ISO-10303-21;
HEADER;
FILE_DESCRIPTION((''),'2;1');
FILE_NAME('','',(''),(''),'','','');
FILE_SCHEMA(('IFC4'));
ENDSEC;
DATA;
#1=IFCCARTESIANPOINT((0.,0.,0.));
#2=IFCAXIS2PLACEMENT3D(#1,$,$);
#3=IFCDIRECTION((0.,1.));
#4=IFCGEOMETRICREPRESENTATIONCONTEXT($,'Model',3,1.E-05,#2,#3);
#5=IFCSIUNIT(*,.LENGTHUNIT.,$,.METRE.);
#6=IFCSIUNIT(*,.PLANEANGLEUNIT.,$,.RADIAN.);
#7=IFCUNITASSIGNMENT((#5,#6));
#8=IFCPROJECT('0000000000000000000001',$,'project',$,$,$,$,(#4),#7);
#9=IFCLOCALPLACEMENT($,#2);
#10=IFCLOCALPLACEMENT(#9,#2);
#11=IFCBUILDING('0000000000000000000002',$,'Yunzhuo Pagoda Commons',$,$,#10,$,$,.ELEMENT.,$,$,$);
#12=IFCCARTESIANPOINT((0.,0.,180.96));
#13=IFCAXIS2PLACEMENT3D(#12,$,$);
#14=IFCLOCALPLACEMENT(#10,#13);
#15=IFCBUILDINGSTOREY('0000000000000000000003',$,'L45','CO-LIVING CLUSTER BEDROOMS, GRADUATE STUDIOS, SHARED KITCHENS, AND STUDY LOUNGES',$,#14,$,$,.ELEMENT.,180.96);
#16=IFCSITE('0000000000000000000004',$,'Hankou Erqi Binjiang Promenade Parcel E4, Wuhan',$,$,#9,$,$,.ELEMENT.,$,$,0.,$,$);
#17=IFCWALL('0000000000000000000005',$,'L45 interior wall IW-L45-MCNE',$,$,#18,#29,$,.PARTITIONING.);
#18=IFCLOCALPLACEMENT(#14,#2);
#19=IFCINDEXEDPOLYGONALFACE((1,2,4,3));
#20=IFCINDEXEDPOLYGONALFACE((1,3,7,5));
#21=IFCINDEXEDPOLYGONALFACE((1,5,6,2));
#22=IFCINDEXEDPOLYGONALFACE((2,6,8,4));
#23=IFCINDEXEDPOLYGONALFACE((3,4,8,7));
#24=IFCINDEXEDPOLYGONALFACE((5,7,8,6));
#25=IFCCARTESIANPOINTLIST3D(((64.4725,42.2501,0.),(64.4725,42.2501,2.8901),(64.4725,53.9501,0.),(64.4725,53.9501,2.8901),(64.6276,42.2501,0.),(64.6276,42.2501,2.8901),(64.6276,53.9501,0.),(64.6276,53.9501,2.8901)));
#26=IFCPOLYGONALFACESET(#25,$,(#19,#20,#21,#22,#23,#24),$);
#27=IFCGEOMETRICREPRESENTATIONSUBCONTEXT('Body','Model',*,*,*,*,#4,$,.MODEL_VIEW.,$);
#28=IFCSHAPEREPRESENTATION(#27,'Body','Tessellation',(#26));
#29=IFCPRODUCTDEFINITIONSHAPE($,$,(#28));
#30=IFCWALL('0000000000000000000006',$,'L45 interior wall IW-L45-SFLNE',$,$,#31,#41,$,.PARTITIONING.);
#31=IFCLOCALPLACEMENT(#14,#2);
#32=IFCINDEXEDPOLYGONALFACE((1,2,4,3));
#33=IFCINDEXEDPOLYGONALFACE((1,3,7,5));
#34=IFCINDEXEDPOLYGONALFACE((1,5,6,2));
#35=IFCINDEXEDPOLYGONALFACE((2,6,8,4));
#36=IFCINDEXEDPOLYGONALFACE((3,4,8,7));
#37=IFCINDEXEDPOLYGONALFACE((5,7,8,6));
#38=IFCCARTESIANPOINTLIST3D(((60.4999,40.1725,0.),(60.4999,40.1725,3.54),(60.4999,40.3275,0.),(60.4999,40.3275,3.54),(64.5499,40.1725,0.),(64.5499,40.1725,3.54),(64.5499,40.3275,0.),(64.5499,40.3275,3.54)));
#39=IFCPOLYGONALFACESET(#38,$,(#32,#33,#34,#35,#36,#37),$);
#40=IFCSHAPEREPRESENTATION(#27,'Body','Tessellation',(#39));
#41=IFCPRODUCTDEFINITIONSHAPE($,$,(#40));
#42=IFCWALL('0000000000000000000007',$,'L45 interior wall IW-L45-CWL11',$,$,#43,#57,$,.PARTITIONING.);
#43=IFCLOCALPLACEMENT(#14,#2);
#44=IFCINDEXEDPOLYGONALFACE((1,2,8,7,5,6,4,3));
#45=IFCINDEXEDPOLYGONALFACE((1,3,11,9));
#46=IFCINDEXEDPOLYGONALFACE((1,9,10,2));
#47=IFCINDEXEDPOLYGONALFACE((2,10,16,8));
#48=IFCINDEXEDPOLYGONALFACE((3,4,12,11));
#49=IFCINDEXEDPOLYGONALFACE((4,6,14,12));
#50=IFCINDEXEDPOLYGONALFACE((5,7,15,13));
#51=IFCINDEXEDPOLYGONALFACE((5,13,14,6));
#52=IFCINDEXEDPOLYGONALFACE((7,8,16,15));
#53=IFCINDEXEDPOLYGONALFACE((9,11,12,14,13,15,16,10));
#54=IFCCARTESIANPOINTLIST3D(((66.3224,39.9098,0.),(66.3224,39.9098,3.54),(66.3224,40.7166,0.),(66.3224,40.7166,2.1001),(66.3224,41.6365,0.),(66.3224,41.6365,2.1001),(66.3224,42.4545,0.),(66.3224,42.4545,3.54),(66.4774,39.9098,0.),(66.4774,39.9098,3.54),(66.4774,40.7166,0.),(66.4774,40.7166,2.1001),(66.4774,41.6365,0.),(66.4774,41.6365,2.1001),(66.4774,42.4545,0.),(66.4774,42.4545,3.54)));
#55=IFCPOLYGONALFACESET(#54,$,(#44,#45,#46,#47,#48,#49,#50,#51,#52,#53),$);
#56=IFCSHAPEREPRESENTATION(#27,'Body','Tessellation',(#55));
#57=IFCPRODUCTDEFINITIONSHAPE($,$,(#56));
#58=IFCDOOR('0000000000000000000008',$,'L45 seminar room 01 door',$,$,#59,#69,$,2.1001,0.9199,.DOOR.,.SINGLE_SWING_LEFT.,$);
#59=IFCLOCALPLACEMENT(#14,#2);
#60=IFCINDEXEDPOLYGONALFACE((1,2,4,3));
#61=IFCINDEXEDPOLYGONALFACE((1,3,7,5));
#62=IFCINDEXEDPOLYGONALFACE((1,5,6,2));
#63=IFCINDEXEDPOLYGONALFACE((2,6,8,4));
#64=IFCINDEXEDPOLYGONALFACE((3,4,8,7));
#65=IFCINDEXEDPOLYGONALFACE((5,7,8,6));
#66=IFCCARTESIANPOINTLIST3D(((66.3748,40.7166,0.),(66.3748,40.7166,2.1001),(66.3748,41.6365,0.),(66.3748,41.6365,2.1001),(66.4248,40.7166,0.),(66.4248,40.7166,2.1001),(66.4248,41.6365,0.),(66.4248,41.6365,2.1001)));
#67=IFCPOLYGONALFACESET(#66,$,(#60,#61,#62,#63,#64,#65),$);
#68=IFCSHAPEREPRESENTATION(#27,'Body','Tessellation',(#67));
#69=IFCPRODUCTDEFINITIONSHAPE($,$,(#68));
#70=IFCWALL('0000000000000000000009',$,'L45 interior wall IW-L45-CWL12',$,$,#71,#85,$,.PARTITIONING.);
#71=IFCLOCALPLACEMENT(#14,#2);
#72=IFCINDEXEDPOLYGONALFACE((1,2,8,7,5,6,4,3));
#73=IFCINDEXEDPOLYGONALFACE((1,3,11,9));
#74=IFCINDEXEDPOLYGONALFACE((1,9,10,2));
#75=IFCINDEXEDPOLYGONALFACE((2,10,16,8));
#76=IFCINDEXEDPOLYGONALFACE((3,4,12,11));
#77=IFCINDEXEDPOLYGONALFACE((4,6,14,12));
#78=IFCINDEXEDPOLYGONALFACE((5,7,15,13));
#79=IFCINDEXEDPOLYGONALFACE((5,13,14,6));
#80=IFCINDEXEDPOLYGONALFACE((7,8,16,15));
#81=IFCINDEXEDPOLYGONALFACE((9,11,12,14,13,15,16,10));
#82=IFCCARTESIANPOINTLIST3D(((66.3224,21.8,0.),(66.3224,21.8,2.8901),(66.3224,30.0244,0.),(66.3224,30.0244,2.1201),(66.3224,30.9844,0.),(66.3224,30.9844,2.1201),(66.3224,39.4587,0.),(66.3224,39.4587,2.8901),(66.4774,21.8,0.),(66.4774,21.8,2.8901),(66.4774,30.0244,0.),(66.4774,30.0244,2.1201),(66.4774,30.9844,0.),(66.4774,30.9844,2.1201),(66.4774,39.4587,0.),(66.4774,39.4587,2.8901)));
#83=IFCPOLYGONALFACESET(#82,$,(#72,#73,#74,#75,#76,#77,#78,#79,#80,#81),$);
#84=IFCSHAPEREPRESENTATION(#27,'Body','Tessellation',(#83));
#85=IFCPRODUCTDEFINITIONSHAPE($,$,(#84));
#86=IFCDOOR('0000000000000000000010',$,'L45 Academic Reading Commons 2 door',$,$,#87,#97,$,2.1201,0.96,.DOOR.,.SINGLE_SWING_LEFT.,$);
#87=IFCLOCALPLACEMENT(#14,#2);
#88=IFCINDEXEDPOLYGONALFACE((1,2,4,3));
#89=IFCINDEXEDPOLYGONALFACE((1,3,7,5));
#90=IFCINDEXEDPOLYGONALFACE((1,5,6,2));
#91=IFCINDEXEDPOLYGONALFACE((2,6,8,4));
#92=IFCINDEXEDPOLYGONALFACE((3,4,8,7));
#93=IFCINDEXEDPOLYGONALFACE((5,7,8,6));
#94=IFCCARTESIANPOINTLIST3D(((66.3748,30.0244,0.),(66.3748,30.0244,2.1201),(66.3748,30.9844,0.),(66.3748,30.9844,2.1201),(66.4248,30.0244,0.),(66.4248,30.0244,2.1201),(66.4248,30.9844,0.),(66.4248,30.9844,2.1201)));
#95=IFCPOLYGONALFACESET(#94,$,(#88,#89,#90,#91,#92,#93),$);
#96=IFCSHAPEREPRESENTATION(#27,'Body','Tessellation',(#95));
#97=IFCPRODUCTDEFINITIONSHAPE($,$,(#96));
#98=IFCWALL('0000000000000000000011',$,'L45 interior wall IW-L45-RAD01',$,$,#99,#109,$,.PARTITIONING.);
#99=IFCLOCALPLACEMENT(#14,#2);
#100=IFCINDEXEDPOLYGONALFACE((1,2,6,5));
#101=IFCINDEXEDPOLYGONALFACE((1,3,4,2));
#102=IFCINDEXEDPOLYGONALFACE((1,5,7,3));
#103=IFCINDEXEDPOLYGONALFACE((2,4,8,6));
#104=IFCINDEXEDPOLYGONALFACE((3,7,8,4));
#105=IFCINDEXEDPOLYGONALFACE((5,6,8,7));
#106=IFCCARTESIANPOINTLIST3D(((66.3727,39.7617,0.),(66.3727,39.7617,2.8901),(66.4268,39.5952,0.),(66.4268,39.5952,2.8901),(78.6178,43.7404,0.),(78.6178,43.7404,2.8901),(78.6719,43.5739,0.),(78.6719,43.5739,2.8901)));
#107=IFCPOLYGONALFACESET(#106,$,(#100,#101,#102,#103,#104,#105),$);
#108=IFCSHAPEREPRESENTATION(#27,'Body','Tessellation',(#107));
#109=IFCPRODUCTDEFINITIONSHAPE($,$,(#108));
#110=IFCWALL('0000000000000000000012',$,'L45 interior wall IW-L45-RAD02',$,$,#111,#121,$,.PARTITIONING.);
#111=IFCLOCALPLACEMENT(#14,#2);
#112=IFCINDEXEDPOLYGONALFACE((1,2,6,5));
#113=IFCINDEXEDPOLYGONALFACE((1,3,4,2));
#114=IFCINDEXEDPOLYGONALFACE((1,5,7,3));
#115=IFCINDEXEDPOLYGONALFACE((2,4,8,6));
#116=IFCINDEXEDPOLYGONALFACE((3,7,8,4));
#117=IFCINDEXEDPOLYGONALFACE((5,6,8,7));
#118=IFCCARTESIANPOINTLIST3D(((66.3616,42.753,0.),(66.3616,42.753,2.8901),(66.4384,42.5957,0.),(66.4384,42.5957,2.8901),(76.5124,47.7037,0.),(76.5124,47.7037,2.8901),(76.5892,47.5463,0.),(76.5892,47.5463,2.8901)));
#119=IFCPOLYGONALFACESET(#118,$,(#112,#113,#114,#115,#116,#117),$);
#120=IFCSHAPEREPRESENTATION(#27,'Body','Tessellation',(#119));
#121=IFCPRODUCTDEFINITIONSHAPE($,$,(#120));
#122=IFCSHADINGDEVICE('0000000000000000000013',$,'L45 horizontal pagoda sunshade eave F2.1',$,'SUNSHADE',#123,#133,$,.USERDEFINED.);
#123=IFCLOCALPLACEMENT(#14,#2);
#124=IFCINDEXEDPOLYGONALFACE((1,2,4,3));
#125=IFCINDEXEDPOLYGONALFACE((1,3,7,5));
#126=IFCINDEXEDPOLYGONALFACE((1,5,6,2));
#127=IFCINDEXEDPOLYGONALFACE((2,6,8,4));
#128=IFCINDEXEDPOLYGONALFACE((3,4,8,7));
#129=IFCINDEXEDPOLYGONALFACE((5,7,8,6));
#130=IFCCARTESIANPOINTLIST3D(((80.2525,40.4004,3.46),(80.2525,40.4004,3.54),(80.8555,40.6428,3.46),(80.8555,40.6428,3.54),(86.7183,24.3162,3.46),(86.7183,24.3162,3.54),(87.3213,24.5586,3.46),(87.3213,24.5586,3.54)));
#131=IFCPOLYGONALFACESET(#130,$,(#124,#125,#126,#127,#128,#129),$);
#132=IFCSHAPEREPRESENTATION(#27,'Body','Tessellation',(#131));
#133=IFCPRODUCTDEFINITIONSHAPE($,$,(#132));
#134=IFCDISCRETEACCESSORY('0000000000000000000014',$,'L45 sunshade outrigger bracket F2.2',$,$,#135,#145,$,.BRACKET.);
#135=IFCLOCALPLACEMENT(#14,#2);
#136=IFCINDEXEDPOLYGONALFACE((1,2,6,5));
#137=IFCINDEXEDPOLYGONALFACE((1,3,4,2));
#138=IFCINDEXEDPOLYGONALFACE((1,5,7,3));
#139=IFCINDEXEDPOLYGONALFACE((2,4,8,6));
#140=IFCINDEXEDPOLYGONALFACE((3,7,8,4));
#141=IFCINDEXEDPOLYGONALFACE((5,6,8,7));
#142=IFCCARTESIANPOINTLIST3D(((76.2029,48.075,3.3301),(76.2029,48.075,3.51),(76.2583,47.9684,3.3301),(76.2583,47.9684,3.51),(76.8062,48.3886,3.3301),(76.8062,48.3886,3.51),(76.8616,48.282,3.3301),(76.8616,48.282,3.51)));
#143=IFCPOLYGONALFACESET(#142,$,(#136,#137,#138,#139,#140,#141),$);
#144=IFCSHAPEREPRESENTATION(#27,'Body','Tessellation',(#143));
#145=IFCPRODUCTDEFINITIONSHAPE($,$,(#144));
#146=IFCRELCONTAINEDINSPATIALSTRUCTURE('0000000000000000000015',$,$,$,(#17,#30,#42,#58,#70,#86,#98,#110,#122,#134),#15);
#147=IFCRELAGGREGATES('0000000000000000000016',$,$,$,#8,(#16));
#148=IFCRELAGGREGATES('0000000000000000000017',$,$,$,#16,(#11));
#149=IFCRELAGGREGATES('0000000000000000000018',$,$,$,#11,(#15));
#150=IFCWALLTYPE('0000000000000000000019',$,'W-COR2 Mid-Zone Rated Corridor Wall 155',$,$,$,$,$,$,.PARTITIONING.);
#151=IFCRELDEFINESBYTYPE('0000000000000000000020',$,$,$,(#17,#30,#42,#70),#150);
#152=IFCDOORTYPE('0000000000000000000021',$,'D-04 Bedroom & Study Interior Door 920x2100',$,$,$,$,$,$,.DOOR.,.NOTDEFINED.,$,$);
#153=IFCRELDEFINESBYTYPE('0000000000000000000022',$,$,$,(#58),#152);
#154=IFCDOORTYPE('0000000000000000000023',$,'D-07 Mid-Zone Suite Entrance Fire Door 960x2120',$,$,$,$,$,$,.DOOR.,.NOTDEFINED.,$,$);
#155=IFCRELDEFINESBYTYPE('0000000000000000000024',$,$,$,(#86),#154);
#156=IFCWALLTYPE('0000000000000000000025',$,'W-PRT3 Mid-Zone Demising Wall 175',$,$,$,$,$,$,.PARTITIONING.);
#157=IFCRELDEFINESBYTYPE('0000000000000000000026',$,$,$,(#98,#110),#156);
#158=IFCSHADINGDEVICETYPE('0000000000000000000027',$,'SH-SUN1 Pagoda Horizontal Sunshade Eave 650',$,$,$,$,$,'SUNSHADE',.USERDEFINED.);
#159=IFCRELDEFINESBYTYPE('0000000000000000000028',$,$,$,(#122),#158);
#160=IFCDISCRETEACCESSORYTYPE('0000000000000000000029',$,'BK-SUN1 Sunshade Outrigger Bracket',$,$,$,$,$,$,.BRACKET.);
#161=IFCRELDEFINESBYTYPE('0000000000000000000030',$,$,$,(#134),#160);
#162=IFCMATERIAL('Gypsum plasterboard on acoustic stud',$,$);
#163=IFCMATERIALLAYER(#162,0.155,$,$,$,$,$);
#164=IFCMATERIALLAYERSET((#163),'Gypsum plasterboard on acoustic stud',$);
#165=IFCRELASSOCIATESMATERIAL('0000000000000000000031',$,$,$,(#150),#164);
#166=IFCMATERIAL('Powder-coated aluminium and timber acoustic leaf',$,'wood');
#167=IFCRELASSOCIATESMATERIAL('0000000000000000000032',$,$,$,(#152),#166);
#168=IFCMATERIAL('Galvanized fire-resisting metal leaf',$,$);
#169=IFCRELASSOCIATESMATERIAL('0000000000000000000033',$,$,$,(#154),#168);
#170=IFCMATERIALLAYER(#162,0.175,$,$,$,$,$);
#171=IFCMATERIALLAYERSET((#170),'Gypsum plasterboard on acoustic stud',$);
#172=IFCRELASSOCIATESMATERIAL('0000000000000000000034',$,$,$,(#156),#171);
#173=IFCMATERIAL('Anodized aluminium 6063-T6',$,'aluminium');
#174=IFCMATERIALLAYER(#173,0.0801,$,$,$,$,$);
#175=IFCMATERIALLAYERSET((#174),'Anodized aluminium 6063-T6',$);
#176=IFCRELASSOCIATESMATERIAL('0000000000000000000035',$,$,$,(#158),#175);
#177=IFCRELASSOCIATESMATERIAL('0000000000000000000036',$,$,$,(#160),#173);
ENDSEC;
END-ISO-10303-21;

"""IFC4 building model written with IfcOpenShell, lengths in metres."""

from ifc_helpers import new_model, si_unit, direction, frame, frame_2d, origin, origin_with_axes, origin_2d, place, context, subcontext, project, spatial, rectangle, extrude, source, transform, mapped, material, layer, layer_set, type_object, element, fill, save


model = new_model("IFC4")

# Units and contexts
model_context = context("Model", 3, precision=1e-05, world=origin(), true_north=direction((0.0, 1.0)))
body_context = subcontext(model_context, "Body", "Model", "MODEL_VIEW")
ifc_project = project(units=[si_unit("LENGTHUNIT", "METRE"), si_unit("PLANEANGLEUNIT", "RADIAN")], contexts=[model_context])

# Site, building, storey
site_placement = place(None, origin())
site = spatial("IfcSite", under=ifc_project, at=site_placement, Name="Hankou Erqi Binjiang Promenade Parcel E4, Wuhan", CompositionType="ELEMENT", RefElevation=0.0)
building_placement = place(site_placement, origin())
building = spatial("IfcBuilding", under=site, at=building_placement, Name="Yunzhuo Pagoda Commons", CompositionType="ELEMENT")
storey_placement = place(building_placement, frame((0.0, 0.0, 180.96)))
storey = spatial("IfcBuildingStorey", under=building, at=storey_placement, Name="L45", Description="CO-LIVING CLUSTER BEDROOMS, GRADUATE STUDIOS, SHARED KITCHENS, AND STUDY LOUNGES", CompositionType="ELEMENT", Elevation=180.96)

# Shared definitions
ifc_material_1 = material(Name="Anodized aluminium 6063-T6", Category="aluminium")

# Walls
ifc_material_2 = material(Name="Gypsum plasterboard on acoustic stud")
ifc_layer_1 = layer(ifc_material_2, 0.155)
ifc_layer_set_1 = layer_set([ifc_layer_1], Name="Gypsum plasterboard on acoustic stud")
wall_type_1 = type_object("IfcWallType", Name="W-COR2 Mid-Zone Rated Corridor Wall 155", PredefinedType="PARTITIONING", material=ifc_layer_set_1)
wall_1_placement = place(storey_placement, frame((64.55, 42.25, 0.0), z_axis=(0.0, 0.0, 1.0), x_axis=(0.0, 1.0, 0.0)))
element("IfcWall", 1, at=wall_1_placement, inside=storey, type_object=wall_type_1, Name="L45 interior wall IW-L45-MCNE", PredefinedType="PARTITIONING", context=body_context, shape_type="SweptSolid", body=[
    extrude(rectangle(XDim=11.7, YDim=0.155, at=frame_2d((5.8501, 0.0))), origin(), (0.0, 0.0, 1.0), 2.8901),
])
wall_2_placement = place(storey_placement, frame((60.5, 40.25, 0.0), z_axis=(0.0, 0.0, 1.0), x_axis=(1.0, 0.0, 0.0)))
element("IfcWall", 2, at=wall_2_placement, inside=storey, type_object=wall_type_1, Name="L45 interior wall IW-L45-SFLNE", PredefinedType="PARTITIONING", context=body_context, shape_type="SweptSolid", body=[
    extrude(rectangle(XDim=4.05, YDim=0.155, at=frame_2d((2.0249, 0.0))), origin(), (0.0, 0.0, 1.0), 3.54),
])

# Walls, openings, doors
wall_3_placement = place(storey_placement, frame((66.3999, 42.4546, 0.0), z_axis=(0.0, 0.0, 1.0), x_axis=(0.0, -1.0, 0.0)))
wall_3 = element("IfcWall", 3, at=wall_3_placement, inside=storey, type_object=wall_type_1, Name="L45 interior wall IW-L45-CWL11", PredefinedType="PARTITIONING", context=body_context, shape_type="SweptSolid", body=[
    extrude(rectangle(XDim=2.5447, YDim=0.155, at=frame_2d((1.2725, 0.0))), origin(), (0.0, 0.0, 1.0), 3.54),
])
opening_1_placement = place(wall_3_placement, frame((0.8181, 0.0, 0.0)))
opening_1 = element("IfcOpeningElement", 4, at=opening_1_placement, cuts=wall_3, PredefinedType="OPENING", context=body_context, shape_type="SweptSolid", body=[
    extrude(rectangle(XDim=0.9199, YDim=2.1001, at=frame_2d((0.46, 1.05))), frame((0.0, 0.0874, 0.0), z_axis=(0.0, -1.0, 0.0), x_axis=(1.0, 0.0, 0.0)), (0.0, 0.0, 1.0), 0.175),
])
ifc_material_3 = material(Name="Powder-coated aluminium and timber acoustic leaf", Category="wood")
door_type_1 = type_object("IfcDoorType", Name="D-04 Bedroom & Study Interior Door 920x2100", OperationType="NOTDEFINED", PredefinedType="DOOR", material=ifc_material_3)
shared_shape_1 = source(origin(), body_context, "Body", "SweptSolid", [
    extrude(rectangle(XDim=0.9199, YDim=2.1001, at=frame_2d((0.46, 1.05))), frame((0.0, 0.0249, 0.0), z_axis=(0.0, -1.0, 0.0), x_axis=(1.0, 0.0, 0.0)), (0.0, 0.0, 1.0), 0.05),
])
door_1_placement = place(opening_1_placement, origin_with_axes())
door_1 = element("IfcDoor", 5, at=door_1_placement, inside=storey, type_object=door_type_1, Name="L45 seminar room 01 door", OperationType="SINGLE_SWING_LEFT", OverallHeight=2.1001, OverallWidth=0.9199, PredefinedType="DOOR", context=body_context, shape_type="MappedRepresentation", body=[
    mapped(shared_shape_1, transform((0.0, 0.0, 0.0), scale=1.0)),
])
fill(opening_1, door_1)
wall_4_placement = place(storey_placement, frame((66.3999, 39.4587, 0.0), z_axis=(0.0, 0.0, 1.0), x_axis=(0.0, -1.0, 0.0)))
wall_4 = element("IfcWall", 6, at=wall_4_placement, inside=storey, type_object=wall_type_1, Name="L45 interior wall IW-L45-CWL12", PredefinedType="PARTITIONING", context=body_context, shape_type="SweptSolid", body=[
    extrude(rectangle(XDim=17.6587, YDim=0.155, at=frame_2d((8.8293, 0.0))), origin(), (0.0, 0.0, 1.0), 2.8901),
])
opening_2_placement = place(wall_4_placement, frame((8.4744, 0.0, 0.0)))
opening_2 = element("IfcOpeningElement", 7, at=opening_2_placement, cuts=wall_4, PredefinedType="OPENING", context=body_context, shape_type="SweptSolid", body=[
    extrude(rectangle(XDim=0.96, YDim=2.1201, at=frame_2d((0.48, 1.0601))), frame((0.0, 0.0874, 0.0), z_axis=(0.0, -1.0, 0.0), x_axis=(1.0, 0.0, 0.0)), (0.0, 0.0, 1.0), 0.175),
])
ifc_material_4 = material(Name="Galvanized fire-resisting metal leaf")
door_type_2 = type_object("IfcDoorType", Name="D-07 Mid-Zone Suite Entrance Fire Door 960x2120", OperationType="NOTDEFINED", PredefinedType="DOOR", material=ifc_material_4)
shared_shape_2 = source(origin(), body_context, "Body", "SweptSolid", [
    extrude(rectangle(XDim=0.96, YDim=2.1201, at=frame_2d((0.48, 1.0601))), frame((0.0, 0.0249, 0.0), z_axis=(0.0, -1.0, 0.0), x_axis=(1.0, 0.0, 0.0)), (0.0, 0.0, 1.0), 0.05),
])
door_2_placement = place(opening_2_placement, origin_with_axes())
door_2 = element("IfcDoor", 8, at=door_2_placement, inside=storey, type_object=door_type_2, Name="L45 Academic Reading Commons 2 door", OperationType="SINGLE_SWING_LEFT", OverallHeight=2.1201, OverallWidth=0.96, PredefinedType="DOOR", context=body_context, shape_type="MappedRepresentation", body=[
    mapped(shared_shape_2, transform((0.0, 0.0, 0.0), scale=1.0)),
])
fill(opening_2, door_2)

# Walls
ifc_layer_2 = layer(ifc_material_2, 0.175)
ifc_layer_set_2 = layer_set([ifc_layer_2], Name="Gypsum plasterboard on acoustic stud")
wall_type_2 = type_object("IfcWallType", Name="W-PRT3 Mid-Zone Demising Wall 175", PredefinedType="PARTITIONING", material=ifc_layer_set_2)
wall_5_placement = place(storey_placement, frame((66.3999, 39.6785, 0.0), z_axis=(0.0, 0.0, 1.0), x_axis=(0.951055, 0.309023, 0.0)))
element("IfcWall", 9, at=wall_5_placement, inside=storey, type_object=wall_type_2, Name="L45 interior wall IW-L45-RAD01", PredefinedType="PARTITIONING", context=body_context, shape_type="SweptSolid", body=[
    extrude(rectangle(XDim=12.8752, YDim=0.175, at=frame_2d((6.4375, 0.0))), origin(), (0.0, 0.0, 1.0), 2.8901),
])
wall_6_placement = place(storey_placement, frame((66.3999, 42.6743, 0.0), z_axis=(0.0, 0.0, 1.0), x_axis=(0.898802, 0.438355, 0.0)))
element("IfcWall", 10, at=wall_6_placement, inside=storey, type_object=wall_type_2, Name="L45 interior wall IW-L45-RAD02", PredefinedType="PARTITIONING", context=body_context, shape_type="SweptSolid", body=[
    extrude(rectangle(XDim=11.2937, YDim=0.175, at=frame_2d((5.647, 0.0))), origin(), (0.0, 0.0, 1.0), 2.8901),
])

# Shading device
ifc_layer_3 = layer(ifc_material_1, 0.0801)
ifc_layer_set_3 = layer_set([ifc_layer_3], Name="Anodized aluminium 6063-T6")
shading_device_type = type_object("IfcShadingDeviceType", Name="SH-SUN1 Pagoda Horizontal Sunshade Eave 650", ElementType="SUNSHADE", PredefinedType="USERDEFINED", material=ifc_layer_set_3)
shared_shape_3 = source(origin(), body_context, "Body", "SweptSolid", [
    extrude(rectangle(XDim=17.3352, YDim=0.6499, at=origin_2d()), origin(), (0.0, 0.0, 1.0), 0.0801),
])
shading_device_placement = place(storey_placement, frame((83.7869, 32.4795, 3.46), z_axis=(0.0, 0.0, 1.0), x_axis=(-0.372988, 0.927836, 0.0)))
element("IfcShadingDevice", 11, at=shading_device_placement, inside=storey, type_object=shading_device_type, Name="L45 horizontal pagoda sunshade eave F2.1", ObjectType="SUNSHADE", PredefinedType="USERDEFINED", context=body_context, shape_type="MappedRepresentation", body=[
    mapped(shared_shape_3, transform((0.0, 0.0, 0.0), scale=1.0)),
])

# Discrete accessory
discrete_accessory_type = type_object("IfcDiscreteAccessoryType", Name="BK-SUN1 Sunshade Outrigger Bracket", PredefinedType="BRACKET", material=ifc_material_1)
shared_shape_4 = source(origin(), body_context, "Body", "SweptSolid", [
    extrude(rectangle(XDim=0.1201, YDim=0.6799, at=origin_2d()), origin(), (0.0, 0.0, 1.0), 0.1799),
])
discrete_accessory_placement = place(storey_placement, frame((76.5322, 48.1785, 3.3301), z_axis=(0.0, 0.0, 1.0), x_axis=(-0.461207, 0.887293, 0.0)))
element("IfcDiscreteAccessory", 12, at=discrete_accessory_placement, inside=storey, type_object=discrete_accessory_type, Name="L45 sunshade outrigger bracket F2.2", PredefinedType="BRACKET", context=body_context, shape_type="MappedRepresentation", body=[
    mapped(shared_shape_4, transform((0.0, 0.0, 0.0), scale=1.0)),
])

save(model, "model.ifc")
